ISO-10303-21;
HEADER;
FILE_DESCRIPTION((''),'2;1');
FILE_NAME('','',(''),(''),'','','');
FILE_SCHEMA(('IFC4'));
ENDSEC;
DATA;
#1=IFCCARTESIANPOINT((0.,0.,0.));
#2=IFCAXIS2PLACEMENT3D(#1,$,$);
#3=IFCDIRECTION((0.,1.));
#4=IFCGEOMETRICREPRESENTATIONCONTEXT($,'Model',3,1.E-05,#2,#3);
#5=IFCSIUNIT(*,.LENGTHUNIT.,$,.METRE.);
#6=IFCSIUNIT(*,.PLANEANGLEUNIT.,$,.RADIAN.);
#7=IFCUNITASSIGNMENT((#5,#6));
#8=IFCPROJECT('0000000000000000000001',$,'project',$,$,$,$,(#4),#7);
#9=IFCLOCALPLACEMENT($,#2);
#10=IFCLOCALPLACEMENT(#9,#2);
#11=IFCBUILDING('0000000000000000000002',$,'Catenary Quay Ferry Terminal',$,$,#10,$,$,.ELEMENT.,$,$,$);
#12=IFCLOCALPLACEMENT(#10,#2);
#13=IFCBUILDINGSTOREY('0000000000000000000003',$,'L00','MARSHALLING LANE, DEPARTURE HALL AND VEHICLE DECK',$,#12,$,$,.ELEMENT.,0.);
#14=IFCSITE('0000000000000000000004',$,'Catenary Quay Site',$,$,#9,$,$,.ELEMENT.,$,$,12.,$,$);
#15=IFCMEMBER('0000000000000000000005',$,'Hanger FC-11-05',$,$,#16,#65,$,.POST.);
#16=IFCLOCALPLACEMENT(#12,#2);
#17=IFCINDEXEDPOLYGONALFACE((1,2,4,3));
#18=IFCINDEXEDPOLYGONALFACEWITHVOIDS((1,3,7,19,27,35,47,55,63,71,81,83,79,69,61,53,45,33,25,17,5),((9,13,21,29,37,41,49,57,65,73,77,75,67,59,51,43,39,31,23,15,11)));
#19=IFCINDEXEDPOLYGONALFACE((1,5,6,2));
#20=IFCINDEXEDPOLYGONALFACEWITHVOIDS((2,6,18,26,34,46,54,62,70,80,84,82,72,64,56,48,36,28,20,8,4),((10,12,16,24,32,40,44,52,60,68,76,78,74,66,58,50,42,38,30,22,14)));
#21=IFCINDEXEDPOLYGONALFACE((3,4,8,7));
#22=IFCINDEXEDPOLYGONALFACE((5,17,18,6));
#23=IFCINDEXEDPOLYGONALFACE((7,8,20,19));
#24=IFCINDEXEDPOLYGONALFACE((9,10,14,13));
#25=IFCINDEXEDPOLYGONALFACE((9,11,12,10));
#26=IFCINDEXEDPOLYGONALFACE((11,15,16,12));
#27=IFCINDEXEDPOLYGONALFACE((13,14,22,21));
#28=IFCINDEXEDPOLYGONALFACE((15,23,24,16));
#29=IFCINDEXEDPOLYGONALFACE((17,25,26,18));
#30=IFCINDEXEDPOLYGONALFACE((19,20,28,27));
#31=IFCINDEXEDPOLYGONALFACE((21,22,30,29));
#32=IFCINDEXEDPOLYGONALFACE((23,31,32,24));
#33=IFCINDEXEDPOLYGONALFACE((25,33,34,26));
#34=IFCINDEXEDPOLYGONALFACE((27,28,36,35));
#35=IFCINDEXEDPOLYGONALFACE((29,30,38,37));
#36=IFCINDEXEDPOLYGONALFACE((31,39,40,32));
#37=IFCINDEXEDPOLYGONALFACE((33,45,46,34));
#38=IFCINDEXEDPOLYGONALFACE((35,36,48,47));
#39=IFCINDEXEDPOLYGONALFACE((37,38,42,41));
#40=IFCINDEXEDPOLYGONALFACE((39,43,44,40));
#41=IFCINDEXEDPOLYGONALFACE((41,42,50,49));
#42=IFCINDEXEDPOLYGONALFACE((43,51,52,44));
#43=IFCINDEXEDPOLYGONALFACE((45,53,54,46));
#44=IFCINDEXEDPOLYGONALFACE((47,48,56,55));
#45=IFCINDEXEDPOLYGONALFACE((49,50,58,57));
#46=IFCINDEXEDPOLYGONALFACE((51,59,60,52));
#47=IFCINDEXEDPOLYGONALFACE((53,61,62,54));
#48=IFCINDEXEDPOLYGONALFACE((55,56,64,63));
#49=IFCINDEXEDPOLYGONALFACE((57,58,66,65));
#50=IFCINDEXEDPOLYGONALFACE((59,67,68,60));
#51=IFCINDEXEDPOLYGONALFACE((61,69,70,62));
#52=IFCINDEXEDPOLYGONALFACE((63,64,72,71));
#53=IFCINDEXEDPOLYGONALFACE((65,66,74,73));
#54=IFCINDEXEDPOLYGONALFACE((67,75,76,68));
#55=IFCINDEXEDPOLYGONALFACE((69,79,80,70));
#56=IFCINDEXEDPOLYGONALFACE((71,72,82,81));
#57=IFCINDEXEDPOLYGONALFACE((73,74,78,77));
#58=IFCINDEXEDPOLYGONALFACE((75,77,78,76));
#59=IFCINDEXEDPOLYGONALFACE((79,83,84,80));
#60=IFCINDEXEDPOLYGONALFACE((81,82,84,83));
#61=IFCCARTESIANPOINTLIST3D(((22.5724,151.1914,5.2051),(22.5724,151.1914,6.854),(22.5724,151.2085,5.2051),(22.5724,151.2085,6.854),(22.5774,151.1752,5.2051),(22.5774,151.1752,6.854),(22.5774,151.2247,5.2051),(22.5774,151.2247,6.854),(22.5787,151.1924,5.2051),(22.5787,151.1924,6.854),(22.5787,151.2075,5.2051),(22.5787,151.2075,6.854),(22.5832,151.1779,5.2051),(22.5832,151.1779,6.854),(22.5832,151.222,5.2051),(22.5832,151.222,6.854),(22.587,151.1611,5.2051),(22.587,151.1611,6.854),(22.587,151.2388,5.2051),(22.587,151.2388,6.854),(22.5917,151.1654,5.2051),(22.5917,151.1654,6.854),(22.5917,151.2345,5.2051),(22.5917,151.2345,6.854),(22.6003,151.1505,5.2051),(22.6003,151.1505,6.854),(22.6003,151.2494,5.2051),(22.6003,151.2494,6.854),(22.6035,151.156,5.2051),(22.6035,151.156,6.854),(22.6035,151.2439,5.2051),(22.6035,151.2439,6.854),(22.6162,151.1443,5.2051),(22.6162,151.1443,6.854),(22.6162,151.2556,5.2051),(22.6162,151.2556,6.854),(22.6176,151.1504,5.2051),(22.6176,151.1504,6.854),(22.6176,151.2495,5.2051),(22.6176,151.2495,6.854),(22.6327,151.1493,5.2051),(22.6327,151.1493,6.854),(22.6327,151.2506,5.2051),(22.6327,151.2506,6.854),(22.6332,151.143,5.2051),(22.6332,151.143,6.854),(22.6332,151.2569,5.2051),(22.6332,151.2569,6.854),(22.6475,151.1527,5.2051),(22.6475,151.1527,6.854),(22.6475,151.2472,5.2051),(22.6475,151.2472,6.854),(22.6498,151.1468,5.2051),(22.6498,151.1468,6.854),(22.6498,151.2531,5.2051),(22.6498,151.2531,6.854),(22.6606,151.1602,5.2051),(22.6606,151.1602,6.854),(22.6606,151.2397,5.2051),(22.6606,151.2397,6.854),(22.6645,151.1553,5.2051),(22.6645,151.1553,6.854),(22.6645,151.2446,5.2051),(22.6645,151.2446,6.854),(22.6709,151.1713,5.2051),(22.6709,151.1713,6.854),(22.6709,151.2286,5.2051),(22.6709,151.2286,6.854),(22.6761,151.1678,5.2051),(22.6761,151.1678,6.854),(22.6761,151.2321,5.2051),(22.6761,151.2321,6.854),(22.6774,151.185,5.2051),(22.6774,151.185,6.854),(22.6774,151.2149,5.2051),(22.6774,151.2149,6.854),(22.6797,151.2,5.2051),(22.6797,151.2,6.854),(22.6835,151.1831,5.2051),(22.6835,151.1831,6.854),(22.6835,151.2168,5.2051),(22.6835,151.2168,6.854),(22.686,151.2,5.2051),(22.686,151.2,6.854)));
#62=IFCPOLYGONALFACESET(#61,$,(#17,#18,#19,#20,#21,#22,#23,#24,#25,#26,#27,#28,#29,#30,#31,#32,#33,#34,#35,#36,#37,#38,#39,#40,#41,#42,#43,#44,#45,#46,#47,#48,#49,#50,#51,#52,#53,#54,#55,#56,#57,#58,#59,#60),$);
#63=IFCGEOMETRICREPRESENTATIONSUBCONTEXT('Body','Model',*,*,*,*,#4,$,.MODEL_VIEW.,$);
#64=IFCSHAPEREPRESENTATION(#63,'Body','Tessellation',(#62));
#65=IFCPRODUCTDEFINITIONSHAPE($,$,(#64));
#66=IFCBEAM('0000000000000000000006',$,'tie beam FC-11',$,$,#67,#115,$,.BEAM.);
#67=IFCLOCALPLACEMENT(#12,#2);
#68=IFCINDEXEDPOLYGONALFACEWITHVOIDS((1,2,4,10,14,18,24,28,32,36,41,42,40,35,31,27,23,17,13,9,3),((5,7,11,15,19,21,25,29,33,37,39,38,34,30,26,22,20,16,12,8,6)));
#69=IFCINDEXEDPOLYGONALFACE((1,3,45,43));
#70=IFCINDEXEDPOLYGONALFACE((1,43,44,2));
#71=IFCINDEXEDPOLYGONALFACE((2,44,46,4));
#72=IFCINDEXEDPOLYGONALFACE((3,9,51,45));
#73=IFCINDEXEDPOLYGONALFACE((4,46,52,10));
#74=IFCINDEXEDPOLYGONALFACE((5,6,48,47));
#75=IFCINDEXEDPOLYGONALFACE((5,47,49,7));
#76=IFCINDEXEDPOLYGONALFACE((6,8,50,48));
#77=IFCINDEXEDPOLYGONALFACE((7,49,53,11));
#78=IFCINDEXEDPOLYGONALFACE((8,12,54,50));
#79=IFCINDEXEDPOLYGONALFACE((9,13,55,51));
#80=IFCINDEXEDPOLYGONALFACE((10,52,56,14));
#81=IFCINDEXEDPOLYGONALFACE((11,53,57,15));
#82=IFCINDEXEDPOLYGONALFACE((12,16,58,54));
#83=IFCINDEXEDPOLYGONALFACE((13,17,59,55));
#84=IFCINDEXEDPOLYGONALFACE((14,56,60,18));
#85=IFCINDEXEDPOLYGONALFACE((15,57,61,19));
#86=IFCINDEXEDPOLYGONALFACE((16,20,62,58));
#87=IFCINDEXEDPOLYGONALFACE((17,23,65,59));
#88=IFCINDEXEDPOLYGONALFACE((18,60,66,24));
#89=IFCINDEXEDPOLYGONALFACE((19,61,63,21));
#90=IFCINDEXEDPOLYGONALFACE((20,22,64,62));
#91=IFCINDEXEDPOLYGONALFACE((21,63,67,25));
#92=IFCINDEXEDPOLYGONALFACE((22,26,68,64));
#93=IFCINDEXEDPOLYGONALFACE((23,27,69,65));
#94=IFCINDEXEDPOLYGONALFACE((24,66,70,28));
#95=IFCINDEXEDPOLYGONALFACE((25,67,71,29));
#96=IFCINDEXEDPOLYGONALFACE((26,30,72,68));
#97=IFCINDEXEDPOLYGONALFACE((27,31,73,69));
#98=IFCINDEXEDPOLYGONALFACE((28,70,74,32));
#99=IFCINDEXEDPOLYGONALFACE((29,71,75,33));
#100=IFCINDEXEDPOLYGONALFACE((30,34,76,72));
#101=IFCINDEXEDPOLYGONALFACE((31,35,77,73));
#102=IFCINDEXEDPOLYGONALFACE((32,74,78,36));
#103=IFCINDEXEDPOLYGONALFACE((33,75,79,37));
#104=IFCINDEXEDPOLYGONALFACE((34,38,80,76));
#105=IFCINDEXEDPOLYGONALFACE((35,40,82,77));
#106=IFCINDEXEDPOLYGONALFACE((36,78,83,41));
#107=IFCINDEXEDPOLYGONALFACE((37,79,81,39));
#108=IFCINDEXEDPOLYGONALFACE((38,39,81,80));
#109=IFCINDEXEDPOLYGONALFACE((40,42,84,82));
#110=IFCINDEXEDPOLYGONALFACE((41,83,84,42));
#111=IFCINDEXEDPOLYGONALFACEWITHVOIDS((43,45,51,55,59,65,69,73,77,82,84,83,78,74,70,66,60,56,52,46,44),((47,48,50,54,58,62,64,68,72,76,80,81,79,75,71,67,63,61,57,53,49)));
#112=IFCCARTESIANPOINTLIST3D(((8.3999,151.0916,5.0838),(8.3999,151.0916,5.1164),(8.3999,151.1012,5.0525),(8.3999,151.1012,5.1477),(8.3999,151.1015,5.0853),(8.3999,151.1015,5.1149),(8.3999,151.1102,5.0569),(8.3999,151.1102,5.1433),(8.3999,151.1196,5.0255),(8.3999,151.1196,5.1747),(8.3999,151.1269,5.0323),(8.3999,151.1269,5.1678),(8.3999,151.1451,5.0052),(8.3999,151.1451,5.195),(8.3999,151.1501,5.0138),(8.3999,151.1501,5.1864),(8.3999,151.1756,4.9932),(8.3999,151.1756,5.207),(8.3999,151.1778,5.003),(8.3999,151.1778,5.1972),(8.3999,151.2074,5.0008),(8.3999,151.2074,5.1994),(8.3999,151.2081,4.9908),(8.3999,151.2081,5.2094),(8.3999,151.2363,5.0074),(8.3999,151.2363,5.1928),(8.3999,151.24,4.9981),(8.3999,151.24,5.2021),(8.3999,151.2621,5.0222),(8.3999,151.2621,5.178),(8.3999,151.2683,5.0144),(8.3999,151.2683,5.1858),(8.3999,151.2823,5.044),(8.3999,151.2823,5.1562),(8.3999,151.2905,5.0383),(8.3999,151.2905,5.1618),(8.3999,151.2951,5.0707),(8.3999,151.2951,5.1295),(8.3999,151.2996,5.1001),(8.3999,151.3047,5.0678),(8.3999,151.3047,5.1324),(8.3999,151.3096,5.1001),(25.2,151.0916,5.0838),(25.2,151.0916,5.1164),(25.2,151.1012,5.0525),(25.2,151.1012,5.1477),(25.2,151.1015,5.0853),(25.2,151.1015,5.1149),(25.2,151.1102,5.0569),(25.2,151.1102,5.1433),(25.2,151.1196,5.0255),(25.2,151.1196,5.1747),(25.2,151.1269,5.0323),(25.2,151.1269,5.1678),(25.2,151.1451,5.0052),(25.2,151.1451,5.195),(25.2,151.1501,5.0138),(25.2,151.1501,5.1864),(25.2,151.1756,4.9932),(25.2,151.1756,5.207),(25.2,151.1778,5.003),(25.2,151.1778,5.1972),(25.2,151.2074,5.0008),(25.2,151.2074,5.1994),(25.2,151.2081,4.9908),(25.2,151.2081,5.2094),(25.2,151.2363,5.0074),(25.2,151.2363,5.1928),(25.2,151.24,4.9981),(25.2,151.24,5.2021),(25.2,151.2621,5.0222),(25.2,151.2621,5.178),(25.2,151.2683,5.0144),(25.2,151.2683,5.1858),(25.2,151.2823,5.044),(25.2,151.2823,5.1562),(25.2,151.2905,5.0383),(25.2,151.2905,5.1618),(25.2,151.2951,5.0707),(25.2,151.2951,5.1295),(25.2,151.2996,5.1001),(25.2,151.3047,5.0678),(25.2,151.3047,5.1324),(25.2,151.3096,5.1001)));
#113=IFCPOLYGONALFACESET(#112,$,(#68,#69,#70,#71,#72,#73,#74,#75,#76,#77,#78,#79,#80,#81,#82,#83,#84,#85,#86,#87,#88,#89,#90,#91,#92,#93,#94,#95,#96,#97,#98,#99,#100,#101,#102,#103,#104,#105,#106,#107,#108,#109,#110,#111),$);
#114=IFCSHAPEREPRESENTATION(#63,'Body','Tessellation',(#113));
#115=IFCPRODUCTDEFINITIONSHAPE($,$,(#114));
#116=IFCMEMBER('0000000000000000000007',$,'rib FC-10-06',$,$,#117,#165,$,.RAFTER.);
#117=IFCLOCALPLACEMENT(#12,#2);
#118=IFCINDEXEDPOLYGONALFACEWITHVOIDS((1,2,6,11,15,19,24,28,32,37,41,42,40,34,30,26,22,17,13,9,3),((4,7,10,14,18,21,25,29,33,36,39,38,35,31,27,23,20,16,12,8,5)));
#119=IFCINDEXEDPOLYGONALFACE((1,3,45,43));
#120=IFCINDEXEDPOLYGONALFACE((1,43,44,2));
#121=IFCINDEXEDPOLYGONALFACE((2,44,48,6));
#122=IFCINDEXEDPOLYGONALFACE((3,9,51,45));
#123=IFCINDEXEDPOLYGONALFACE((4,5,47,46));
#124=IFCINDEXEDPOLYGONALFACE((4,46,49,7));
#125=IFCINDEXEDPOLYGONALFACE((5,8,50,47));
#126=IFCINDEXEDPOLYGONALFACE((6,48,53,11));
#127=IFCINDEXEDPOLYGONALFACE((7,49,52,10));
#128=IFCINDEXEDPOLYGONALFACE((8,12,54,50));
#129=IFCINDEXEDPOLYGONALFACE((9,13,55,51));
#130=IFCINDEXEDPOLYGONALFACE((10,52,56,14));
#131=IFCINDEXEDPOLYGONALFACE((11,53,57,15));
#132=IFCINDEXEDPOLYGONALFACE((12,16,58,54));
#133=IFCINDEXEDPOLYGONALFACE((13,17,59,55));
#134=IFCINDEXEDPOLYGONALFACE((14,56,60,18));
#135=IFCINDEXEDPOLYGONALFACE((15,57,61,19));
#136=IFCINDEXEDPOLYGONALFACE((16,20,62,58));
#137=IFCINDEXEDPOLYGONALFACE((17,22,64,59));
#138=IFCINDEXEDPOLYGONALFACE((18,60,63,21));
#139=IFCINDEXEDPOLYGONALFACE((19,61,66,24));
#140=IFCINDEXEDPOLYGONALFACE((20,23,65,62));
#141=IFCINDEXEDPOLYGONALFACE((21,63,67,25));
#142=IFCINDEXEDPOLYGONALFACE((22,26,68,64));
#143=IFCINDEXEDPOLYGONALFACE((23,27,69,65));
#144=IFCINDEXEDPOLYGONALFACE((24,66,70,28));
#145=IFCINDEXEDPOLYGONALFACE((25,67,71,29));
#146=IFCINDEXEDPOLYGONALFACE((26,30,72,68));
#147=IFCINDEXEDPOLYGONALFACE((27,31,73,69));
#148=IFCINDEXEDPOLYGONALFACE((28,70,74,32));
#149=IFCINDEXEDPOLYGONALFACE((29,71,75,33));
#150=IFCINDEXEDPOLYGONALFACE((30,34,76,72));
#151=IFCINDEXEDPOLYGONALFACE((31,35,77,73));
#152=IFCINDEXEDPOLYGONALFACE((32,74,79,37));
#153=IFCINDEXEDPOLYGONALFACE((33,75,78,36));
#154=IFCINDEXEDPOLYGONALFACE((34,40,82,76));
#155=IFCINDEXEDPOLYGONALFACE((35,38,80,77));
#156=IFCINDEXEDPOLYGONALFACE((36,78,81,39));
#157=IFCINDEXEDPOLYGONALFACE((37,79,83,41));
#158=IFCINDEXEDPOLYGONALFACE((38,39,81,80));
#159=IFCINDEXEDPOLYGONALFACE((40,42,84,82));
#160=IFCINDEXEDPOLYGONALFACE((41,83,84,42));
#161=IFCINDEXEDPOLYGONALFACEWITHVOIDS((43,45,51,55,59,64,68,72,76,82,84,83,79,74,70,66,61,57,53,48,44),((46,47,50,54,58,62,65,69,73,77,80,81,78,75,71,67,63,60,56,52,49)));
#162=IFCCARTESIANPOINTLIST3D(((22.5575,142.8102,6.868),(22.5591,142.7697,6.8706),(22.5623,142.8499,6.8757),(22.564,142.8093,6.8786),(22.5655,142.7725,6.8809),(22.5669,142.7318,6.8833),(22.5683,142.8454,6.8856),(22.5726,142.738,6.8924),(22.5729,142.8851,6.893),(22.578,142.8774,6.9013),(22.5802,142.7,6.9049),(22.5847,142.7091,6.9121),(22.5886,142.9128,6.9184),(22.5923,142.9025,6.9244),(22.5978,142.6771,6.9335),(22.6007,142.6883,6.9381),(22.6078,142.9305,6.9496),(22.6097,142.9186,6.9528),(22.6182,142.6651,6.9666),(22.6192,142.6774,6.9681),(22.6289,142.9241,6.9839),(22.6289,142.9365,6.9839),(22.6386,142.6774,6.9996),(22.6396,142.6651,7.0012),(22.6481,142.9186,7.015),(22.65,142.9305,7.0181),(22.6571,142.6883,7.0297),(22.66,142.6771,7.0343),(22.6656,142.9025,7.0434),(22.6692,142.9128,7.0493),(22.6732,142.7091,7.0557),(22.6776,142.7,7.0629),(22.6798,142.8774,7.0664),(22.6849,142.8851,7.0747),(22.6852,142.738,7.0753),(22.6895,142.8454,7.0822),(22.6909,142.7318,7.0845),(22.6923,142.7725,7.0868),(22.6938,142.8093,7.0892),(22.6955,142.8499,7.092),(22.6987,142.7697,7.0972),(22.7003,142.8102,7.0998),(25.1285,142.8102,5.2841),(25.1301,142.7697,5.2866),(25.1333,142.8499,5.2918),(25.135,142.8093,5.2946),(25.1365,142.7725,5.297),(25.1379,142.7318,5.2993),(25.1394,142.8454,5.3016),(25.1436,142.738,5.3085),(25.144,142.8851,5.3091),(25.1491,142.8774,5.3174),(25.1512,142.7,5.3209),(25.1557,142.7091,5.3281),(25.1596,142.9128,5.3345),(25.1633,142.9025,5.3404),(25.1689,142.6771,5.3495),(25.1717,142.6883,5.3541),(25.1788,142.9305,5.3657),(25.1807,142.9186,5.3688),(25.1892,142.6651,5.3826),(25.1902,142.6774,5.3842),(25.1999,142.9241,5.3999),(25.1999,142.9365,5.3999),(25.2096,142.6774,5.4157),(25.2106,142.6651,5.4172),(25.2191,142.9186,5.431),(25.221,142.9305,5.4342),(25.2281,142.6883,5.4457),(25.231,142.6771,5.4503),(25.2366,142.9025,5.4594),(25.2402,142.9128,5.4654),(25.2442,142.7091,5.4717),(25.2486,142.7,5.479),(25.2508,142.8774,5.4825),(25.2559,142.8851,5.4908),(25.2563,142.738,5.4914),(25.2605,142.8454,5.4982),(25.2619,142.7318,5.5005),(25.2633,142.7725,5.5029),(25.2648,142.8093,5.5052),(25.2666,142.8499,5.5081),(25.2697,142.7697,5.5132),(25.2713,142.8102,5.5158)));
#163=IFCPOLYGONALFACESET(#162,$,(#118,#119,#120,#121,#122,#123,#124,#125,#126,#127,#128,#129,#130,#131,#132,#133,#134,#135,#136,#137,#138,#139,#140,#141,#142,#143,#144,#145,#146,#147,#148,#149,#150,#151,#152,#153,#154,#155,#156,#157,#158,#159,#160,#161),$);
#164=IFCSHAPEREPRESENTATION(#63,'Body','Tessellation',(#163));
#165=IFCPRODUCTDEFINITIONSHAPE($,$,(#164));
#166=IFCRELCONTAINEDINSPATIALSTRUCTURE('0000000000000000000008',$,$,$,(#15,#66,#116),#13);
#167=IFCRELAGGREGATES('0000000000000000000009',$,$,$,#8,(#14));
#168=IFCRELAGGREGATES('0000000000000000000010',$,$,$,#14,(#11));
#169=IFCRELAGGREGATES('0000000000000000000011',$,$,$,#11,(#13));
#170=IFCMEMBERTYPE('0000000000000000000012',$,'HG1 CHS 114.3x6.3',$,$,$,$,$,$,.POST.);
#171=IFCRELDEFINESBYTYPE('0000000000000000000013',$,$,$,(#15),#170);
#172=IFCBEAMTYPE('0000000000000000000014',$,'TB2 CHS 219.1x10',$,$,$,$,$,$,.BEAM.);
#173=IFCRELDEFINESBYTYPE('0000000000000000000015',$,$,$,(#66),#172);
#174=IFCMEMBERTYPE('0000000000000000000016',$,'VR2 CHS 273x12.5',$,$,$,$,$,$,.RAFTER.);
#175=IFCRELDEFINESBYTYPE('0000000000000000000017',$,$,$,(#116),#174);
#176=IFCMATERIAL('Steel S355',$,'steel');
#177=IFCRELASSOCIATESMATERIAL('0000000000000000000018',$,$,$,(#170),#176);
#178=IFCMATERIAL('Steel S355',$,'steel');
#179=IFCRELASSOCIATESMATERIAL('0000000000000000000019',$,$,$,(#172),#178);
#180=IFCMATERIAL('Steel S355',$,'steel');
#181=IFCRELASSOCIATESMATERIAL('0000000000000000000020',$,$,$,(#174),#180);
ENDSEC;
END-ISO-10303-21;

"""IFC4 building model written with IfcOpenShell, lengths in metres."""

from ifc_helpers import new_model, si_unit, direction, frame, origin, origin_2d, place, context, subcontext, project, spatial, hollow_circle, extrude, material, material_profile, profile_set, type_object, element, save


model = new_model("IFC4")

# Units and contexts
model_context = context("Model", 3, precision=1e-05, world=origin(), true_north=direction((0.0, 1.0)))
body_context = subcontext(model_context, "Body", "Model", "MODEL_VIEW")
ifc_project = project(units=[si_unit("LENGTHUNIT", "METRE"), si_unit("PLANEANGLEUNIT", "RADIAN")], contexts=[model_context])

# Site, building, storey
site_placement = place(None, origin())
site = spatial("IfcSite", under=ifc_project, at=site_placement, Name="Catenary Quay Site", CompositionType="ELEMENT", RefElevation=12.0)
building_placement = place(site_placement, origin())
building = spatial("IfcBuilding", under=site, at=building_placement, Name="Catenary Quay Ferry Terminal", CompositionType="ELEMENT")
storey_placement = place(building_placement, origin())
storey = spatial("IfcBuildingStorey", under=building, at=storey_placement, Name="L00", Description="MARSHALLING LANE, DEPARTURE HALL AND VEHICLE DECK", CompositionType="ELEMENT", Elevation=0.0)

# Member
ifc_material_1 = material(Name="Steel S355", Category="steel")
ifc_material_profile_1 = material_profile(ifc_material_1, hollow_circle(Radius=0.0571, WallThickness=0.0063, at=origin_2d()), Name="CHS 114.3x6.3")
ifc_profile_set_1 = profile_set([ifc_material_profile_1], Name="Steel S355")
member_type_1 = type_object("IfcMemberType", Name="HG1 CHS 114.3x6.3", PredefinedType="POST", material=ifc_profile_set_1)
member_1_placement = place(storey_placement, frame((22.6289, 151.2, 5.2051), z_axis=(0.0, 0.0, 1.0), x_axis=(1.0, 0.0, 0.0)))
element("IfcMember", 1, at=member_1_placement, inside=storey, type_object=member_type_1, Name="Hanger FC-11-05", PredefinedType="POST", context=body_context, shape_type="SweptSolid", body=[
    extrude(hollow_circle(Radius=0.0571, WallThickness=0.0063, at=origin_2d()), origin(), (0.0, 0.0, 1.0), 1.6489),
])

# Beam
ifc_material_2 = material(Name="Steel S355", Category="steel")
ifc_material_profile_2 = material_profile(ifc_material_2, hollow_circle(Radius=0.1096, WallThickness=0.01, at=origin_2d()), Name="CHS 219.1x10")
ifc_profile_set_2 = profile_set([ifc_material_profile_2], Name="Steel S355")
beam_type_1 = type_object("IfcBeamType", Name="TB2 CHS 219.1x10", PredefinedType="BEAM", material=ifc_profile_set_2)
beam_1_placement = place(storey_placement, frame((8.3999, 151.2, 5.1001), z_axis=(1.0, 0.0, 0.0), x_axis=(0.0, 1.0, 0.0)))
element("IfcBeam", 2, at=beam_1_placement, inside=storey, type_object=beam_type_1, Name="tie beam FC-11", PredefinedType="BEAM", context=body_context, shape_type="SweptSolid", body=[
    extrude(hollow_circle(Radius=0.1096, WallThickness=0.01, at=origin_2d()), origin(), (0.0, 0.0, 1.0), 16.8),
])

# Member
ifc_material_3 = material(Name="Steel S355", Category="steel")
ifc_material_profile_3 = material_profile(ifc_material_3, hollow_circle(Radius=0.1365, WallThickness=0.0125, at=origin_2d()), Name="CHS 273x12.5")
ifc_profile_set_3 = profile_set([ifc_material_profile_3], Name="Steel S355")
member_type_2 = type_object("IfcMemberType", Name="VR2 CHS 273x12.5", PredefinedType="RAFTER", material=ifc_profile_set_3)
for number, where, z_axis, x_axis, name in (
    (3, (22.6289, 142.8, 6.9839), (0.851392, 0.0, -0.52453), (0.0, 1.0, 0.0), "rib FC-10-06"),
):
    element("IfcMember", number, at=place(storey_placement, frame(where, z_axis=z_axis, x_axis=x_axis)), inside=storey, type_object=member_type_2, Name=name, PredefinedType="RAFTER", context=body_context, shape_type="SweptSolid", body=[
        extrude(hollow_circle(Radius=0.1365, WallThickness=0.0125, at=origin_2d()), origin(), (0.0, 0.0, 1.0), 3.0198),
    ])

save(model, "model.ifc")
